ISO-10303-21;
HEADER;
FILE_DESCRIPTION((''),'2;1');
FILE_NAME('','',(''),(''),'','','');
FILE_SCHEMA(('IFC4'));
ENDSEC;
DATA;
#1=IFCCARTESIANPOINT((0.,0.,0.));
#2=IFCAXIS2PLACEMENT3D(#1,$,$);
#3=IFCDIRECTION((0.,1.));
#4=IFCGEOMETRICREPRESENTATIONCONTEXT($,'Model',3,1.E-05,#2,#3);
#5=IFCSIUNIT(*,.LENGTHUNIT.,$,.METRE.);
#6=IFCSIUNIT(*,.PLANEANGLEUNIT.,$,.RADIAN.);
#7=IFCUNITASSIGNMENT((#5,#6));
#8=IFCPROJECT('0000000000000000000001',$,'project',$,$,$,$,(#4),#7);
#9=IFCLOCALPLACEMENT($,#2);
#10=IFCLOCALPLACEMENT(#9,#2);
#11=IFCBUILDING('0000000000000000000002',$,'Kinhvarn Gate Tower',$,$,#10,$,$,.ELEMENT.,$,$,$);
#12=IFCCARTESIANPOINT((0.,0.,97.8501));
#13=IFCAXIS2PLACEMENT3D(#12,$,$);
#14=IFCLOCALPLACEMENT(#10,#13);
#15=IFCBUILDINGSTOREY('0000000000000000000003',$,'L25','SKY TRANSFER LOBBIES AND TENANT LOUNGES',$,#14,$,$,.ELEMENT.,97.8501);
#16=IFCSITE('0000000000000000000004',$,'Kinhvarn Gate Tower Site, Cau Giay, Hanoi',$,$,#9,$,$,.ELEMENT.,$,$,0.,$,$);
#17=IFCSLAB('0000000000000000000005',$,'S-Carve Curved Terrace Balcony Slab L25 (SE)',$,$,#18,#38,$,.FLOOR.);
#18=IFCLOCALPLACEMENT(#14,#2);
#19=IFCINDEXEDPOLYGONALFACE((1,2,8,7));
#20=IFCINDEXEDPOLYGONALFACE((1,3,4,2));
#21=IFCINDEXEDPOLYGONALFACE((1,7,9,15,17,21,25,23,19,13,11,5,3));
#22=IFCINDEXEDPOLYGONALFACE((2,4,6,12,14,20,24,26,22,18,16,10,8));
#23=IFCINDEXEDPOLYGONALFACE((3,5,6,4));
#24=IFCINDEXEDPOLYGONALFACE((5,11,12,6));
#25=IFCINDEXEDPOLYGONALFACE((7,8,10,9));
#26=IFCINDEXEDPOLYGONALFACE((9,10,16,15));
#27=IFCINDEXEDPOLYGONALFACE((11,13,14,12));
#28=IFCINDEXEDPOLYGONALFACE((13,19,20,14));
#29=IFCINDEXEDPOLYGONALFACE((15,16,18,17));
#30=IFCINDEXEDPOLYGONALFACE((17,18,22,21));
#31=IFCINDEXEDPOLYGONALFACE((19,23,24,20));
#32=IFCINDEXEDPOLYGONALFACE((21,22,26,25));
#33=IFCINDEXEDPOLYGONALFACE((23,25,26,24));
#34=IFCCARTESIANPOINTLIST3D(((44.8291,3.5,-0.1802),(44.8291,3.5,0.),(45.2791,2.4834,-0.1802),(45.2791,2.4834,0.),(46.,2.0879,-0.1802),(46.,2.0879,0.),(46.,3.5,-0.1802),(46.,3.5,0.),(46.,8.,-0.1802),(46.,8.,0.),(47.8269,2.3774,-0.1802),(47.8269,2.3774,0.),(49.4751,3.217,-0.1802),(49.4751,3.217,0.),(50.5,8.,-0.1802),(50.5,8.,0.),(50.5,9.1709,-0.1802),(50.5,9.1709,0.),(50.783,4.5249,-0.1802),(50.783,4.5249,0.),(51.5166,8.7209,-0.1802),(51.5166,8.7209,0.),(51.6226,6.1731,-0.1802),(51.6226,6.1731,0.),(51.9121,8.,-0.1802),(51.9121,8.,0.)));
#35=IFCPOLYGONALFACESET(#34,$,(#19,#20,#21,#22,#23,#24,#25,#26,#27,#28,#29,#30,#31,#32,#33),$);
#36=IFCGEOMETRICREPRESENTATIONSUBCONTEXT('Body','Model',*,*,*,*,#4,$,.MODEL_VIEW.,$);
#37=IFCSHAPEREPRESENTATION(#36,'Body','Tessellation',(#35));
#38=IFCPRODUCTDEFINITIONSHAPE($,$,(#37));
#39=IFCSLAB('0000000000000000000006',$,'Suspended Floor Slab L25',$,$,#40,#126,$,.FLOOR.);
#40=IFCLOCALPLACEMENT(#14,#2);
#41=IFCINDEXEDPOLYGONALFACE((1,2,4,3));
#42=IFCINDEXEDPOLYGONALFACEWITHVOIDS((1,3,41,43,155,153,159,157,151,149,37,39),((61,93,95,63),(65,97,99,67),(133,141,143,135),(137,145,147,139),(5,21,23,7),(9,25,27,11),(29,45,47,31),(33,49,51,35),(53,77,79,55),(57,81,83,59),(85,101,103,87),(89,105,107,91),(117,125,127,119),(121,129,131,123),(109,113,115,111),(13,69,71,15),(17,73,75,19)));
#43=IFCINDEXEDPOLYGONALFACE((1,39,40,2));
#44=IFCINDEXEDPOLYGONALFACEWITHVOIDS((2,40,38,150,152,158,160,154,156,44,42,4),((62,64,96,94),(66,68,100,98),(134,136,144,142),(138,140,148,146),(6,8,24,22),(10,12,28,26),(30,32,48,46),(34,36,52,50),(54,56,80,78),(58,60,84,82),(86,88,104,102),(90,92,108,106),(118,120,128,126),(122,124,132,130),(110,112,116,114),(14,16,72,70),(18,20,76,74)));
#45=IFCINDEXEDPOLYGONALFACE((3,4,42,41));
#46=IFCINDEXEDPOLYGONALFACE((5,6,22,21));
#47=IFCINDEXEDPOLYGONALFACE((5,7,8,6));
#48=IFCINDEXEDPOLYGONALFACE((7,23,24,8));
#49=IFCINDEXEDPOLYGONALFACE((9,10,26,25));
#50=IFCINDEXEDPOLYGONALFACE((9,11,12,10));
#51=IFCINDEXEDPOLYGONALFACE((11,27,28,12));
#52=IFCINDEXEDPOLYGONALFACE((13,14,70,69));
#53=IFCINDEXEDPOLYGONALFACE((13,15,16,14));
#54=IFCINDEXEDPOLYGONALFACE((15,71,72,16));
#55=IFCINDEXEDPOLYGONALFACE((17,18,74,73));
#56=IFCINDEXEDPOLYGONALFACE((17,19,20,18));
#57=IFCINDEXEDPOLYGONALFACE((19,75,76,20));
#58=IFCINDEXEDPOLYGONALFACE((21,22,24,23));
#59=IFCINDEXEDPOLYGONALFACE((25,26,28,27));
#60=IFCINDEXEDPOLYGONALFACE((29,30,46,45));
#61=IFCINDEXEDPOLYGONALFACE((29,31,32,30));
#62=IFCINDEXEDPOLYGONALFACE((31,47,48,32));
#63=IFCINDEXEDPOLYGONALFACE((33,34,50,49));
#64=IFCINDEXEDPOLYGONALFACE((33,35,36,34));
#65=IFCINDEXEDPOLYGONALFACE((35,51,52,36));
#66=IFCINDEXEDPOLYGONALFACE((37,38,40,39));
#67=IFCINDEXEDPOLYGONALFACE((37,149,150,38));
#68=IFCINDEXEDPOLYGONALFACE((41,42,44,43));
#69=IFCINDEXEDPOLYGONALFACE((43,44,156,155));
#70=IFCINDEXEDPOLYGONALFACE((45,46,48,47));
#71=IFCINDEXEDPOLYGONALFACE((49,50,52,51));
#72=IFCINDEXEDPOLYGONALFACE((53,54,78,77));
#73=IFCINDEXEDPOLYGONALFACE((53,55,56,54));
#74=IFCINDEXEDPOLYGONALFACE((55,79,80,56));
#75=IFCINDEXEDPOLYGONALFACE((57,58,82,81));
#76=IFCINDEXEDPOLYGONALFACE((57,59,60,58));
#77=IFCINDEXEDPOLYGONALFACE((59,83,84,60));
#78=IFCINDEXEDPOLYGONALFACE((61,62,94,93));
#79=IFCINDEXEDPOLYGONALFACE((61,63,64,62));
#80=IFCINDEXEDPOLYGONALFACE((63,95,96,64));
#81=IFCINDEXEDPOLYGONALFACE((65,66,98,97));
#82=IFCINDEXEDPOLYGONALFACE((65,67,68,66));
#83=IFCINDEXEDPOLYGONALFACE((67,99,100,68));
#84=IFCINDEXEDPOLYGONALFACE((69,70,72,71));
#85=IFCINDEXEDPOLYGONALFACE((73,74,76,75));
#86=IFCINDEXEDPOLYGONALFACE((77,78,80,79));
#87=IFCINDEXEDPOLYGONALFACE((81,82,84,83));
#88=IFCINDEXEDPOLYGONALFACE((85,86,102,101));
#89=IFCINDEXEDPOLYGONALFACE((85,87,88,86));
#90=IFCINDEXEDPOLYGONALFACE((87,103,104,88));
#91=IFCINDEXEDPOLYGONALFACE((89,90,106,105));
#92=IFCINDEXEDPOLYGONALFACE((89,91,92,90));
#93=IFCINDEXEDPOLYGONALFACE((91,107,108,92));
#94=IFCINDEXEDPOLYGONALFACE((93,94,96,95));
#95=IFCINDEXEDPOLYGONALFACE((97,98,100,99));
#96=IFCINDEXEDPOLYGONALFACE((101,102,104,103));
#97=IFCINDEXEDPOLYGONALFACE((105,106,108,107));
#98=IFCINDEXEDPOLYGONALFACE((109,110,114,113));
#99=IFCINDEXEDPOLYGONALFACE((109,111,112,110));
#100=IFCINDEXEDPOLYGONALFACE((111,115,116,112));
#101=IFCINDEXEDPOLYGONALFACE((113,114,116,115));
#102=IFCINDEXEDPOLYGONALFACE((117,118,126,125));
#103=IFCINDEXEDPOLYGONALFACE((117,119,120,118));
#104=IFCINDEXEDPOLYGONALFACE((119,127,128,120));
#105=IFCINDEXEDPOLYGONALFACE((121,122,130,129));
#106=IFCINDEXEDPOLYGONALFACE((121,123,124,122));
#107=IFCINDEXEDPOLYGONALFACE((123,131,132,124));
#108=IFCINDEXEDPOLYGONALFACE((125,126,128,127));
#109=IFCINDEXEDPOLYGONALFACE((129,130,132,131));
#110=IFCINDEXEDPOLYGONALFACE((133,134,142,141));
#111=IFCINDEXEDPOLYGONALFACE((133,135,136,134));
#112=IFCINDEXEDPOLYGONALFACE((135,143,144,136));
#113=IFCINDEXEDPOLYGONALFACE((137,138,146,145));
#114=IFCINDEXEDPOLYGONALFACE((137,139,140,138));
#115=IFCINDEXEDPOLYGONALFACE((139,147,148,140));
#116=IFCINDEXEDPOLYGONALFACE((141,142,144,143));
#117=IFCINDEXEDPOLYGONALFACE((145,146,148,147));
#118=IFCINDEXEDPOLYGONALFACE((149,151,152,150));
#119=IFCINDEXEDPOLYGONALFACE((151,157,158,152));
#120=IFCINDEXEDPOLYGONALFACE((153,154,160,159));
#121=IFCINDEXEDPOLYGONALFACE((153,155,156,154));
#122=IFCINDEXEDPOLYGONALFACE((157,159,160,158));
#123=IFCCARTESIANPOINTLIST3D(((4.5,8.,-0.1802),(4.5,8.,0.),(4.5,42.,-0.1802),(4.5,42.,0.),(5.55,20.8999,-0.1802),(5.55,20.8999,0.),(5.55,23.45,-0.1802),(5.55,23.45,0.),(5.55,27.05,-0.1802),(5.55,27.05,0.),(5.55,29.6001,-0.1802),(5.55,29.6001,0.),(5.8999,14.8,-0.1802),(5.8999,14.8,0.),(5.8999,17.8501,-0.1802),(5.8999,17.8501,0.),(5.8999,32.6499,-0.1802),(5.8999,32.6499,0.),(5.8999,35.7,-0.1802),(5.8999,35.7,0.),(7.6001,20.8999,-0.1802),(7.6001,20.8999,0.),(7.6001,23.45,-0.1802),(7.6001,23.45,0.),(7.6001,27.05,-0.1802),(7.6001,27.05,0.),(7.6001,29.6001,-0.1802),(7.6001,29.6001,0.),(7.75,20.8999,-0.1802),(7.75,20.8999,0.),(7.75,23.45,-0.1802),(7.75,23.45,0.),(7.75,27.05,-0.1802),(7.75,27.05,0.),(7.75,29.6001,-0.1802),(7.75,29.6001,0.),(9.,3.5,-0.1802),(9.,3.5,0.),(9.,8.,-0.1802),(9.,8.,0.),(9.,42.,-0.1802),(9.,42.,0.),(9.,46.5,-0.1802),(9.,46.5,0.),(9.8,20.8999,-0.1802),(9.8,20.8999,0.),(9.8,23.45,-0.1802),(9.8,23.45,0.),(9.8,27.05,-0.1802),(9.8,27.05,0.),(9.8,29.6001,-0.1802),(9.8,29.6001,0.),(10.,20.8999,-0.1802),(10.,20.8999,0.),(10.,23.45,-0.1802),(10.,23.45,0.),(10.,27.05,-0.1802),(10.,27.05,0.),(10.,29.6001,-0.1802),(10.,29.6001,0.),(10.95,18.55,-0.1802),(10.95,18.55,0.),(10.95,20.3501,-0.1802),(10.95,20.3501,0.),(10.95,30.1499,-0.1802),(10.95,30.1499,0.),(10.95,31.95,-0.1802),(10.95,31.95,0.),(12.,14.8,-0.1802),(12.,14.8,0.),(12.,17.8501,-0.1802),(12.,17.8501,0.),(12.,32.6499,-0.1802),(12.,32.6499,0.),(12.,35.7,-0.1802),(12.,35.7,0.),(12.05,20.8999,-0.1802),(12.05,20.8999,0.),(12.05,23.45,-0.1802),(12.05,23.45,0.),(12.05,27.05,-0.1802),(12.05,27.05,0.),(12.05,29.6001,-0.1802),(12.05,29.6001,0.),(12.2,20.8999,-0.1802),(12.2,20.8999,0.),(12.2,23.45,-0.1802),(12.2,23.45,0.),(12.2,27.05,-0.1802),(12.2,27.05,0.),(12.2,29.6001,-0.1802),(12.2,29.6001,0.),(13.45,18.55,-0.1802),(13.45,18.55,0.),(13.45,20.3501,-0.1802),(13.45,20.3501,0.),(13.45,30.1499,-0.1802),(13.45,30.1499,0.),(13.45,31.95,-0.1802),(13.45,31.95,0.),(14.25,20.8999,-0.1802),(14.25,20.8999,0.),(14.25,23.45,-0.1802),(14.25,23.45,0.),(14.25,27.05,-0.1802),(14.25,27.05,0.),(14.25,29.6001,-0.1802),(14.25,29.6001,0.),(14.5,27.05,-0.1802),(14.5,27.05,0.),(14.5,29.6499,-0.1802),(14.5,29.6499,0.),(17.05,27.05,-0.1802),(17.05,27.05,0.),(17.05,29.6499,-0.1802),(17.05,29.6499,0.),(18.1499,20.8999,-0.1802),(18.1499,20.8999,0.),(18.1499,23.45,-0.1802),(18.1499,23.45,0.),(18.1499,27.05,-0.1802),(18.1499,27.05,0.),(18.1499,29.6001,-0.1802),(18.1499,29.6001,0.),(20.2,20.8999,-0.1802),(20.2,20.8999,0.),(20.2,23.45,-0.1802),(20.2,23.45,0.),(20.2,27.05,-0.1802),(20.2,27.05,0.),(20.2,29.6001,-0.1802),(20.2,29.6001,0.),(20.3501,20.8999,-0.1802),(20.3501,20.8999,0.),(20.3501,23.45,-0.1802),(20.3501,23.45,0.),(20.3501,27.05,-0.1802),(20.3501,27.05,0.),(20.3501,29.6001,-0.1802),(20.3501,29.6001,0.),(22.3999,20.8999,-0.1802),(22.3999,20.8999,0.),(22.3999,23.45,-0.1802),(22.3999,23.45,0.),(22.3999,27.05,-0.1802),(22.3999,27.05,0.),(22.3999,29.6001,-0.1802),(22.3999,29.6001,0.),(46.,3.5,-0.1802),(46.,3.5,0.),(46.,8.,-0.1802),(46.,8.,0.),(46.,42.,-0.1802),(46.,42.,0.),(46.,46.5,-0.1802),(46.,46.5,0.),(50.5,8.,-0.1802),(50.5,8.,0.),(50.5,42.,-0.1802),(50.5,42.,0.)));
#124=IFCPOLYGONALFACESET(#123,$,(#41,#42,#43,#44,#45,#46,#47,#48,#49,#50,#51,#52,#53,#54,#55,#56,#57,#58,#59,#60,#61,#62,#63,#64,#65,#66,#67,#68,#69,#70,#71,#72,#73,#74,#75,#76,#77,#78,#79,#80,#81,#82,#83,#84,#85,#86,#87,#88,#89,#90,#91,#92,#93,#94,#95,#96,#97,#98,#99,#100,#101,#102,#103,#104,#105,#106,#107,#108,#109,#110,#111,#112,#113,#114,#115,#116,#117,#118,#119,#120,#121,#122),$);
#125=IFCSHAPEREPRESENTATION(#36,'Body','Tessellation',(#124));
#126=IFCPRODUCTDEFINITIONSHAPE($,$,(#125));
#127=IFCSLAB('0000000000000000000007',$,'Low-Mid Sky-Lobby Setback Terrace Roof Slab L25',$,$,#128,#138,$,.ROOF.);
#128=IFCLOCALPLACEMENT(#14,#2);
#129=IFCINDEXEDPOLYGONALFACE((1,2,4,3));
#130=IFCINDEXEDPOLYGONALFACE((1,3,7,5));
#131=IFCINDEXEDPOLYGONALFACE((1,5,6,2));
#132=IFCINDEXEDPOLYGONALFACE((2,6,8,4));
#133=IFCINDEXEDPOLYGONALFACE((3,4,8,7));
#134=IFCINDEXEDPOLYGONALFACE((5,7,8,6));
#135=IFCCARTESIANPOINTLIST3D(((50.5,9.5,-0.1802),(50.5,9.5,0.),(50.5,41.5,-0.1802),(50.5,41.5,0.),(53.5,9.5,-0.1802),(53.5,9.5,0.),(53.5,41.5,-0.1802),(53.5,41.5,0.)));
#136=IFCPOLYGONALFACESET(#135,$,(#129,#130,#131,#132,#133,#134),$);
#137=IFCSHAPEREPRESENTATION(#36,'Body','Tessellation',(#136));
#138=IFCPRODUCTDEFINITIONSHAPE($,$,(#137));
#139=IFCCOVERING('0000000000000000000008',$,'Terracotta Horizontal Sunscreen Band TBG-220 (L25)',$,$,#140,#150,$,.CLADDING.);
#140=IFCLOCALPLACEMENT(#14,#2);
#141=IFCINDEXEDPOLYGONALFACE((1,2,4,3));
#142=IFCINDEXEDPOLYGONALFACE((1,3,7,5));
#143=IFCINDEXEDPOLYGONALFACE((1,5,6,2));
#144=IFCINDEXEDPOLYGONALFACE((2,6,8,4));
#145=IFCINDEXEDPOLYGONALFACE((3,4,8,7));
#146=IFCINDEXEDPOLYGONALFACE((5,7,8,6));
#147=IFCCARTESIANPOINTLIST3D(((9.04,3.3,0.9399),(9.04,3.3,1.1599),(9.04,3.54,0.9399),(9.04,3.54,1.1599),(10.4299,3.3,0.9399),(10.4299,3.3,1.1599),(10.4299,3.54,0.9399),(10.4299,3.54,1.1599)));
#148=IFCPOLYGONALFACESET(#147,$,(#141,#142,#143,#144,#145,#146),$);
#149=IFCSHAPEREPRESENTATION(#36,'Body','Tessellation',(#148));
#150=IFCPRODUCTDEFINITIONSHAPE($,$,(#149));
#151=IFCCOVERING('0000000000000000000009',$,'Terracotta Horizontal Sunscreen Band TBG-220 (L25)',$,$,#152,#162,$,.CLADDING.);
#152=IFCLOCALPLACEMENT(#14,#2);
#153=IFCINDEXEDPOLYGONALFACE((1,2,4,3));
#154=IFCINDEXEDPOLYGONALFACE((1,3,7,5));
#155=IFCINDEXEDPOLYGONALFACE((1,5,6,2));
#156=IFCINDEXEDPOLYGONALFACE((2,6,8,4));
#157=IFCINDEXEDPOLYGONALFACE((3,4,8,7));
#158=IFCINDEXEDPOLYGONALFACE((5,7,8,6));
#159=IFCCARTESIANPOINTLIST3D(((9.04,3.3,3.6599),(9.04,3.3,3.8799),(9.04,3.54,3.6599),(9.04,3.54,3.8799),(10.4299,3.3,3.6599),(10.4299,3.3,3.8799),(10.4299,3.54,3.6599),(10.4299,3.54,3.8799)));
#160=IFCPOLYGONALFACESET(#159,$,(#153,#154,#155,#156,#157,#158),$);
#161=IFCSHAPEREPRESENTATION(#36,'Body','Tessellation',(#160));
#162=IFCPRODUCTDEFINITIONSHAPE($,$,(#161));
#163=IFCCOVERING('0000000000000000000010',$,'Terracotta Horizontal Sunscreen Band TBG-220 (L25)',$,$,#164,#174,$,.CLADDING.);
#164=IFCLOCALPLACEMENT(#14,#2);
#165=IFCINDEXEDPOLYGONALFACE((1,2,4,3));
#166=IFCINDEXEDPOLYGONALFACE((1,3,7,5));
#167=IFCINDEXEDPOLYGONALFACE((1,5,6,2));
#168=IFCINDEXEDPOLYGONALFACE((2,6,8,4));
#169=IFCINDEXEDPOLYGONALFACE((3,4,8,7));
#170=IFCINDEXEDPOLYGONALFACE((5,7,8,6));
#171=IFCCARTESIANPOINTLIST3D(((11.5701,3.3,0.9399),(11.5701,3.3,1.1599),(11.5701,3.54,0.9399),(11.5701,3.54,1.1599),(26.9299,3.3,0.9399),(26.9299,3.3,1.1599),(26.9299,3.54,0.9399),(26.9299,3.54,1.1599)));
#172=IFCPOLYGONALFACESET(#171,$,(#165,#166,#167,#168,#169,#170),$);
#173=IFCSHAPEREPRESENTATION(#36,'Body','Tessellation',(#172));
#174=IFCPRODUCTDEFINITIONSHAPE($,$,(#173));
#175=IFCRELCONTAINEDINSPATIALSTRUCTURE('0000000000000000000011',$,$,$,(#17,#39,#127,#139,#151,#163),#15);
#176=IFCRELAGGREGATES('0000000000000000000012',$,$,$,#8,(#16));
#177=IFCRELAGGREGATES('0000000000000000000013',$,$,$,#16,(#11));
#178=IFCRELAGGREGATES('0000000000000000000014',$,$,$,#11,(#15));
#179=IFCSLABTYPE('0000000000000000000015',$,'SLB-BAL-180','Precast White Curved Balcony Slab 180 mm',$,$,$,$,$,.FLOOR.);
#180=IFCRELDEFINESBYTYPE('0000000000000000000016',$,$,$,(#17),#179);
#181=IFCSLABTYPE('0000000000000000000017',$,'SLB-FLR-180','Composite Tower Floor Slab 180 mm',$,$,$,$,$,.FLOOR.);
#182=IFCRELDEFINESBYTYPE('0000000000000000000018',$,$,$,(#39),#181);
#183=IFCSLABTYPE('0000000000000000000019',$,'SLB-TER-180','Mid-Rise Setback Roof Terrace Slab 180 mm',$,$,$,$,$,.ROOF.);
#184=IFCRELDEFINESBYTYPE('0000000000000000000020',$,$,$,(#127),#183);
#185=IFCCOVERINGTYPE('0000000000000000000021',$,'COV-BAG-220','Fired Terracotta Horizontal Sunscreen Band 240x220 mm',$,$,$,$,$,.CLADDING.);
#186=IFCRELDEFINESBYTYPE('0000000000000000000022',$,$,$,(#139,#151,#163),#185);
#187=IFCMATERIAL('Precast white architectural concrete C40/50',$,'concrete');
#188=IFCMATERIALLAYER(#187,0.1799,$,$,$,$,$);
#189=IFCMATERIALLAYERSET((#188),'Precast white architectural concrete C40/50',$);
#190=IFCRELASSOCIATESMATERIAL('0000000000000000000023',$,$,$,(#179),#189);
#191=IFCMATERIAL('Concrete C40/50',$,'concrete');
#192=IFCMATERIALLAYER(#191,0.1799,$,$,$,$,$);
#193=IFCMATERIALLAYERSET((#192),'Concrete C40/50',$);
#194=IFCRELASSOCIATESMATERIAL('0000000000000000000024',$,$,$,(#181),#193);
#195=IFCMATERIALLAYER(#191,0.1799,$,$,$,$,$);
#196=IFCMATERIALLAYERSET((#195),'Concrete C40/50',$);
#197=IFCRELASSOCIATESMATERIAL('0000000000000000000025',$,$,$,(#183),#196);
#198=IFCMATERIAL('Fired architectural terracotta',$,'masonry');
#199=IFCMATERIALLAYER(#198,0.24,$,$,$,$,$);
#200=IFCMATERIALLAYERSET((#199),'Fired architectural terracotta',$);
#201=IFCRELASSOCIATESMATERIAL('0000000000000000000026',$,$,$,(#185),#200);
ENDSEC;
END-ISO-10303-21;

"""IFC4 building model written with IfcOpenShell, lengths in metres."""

from ifc_helpers import new_model, si_unit, direction, frame, origin, place, context, subcontext, project, spatial, polyline, outline, extrude, material, layer, layer_set, type_object, element, save


model = new_model("IFC4")

# Units and contexts
model_context = context("Model", 3, precision=1e-05, world=origin(), true_north=direction((0.0, 1.0)))
body_context = subcontext(model_context, "Body", "Model", "MODEL_VIEW")
ifc_project = project(units=[si_unit("LENGTHUNIT", "METRE"), si_unit("PLANEANGLEUNIT", "RADIAN")], contexts=[model_context])

# Site, building, storey
site_placement = place(None, origin())
site = spatial("IfcSite", under=ifc_project, at=site_placement, Name="Kinhvarn Gate Tower Site, Cau Giay, Hanoi", CompositionType="ELEMENT", RefElevation=0.0)
building_placement = place(site_placement, origin())
building = spatial("IfcBuilding", under=site, at=building_placement, Name="Kinhvarn Gate Tower", CompositionType="ELEMENT")
storey_placement = place(building_placement, frame((0.0, 0.0, 97.8501)))
storey = spatial("IfcBuildingStorey", under=building, at=storey_placement, Name="L25", Description="SKY TRANSFER LOBBIES AND TENANT LOUNGES", CompositionType="ELEMENT", Elevation=97.8501)

# Slabs
ifc_material_1 = material(Name="Precast white architectural concrete C40/50", Category="concrete")
ifc_layer_1 = layer(ifc_material_1, 0.1799)
ifc_layer_set_1 = layer_set([ifc_layer_1], Name="Precast white architectural concrete C40/50")
slab_type_1 = type_object("IfcSlabType", Name="SLB-BAL-180", Description="Precast White Curved Balcony Slab 180 mm", PredefinedType="FLOOR", material=ifc_layer_set_1)
slab_1_placement = place(storey_placement, frame((0.0, 0.0, -0.1802)))
element("IfcSlab", 1, at=slab_1_placement, inside=storey, type_object=slab_type_1, Name="S-Carve Curved Terrace Balcony Slab L25 (SE)", PredefinedType="FLOOR", context=body_context, shape_type="SweptSolid", body=[
    extrude(outline(polyline([(44.8291, 3.5), (45.2791, 2.4834), (46.0, 2.0879), (47.8269, 2.3774), (49.4751, 3.217), (50.783, 4.5249), (51.6226, 6.1731), (51.9121, 8.0), (51.5166, 8.7209), (50.5, 9.1709), (50.5, 8.0), (46.0, 8.0), (46.0, 3.5), (44.8291, 3.5)])), origin(), (0.0, 0.0, 1.0), 0.1802),
])
ifc_material_2 = material(Name="Concrete C40/50", Category="concrete")
ifc_layer_2 = layer(ifc_material_2, 0.1799)
ifc_layer_set_2 = layer_set([ifc_layer_2], Name="Concrete C40/50")
slab_type_2 = type_object("IfcSlabType", Name="SLB-FLR-180", Description="Composite Tower Floor Slab 180 mm", PredefinedType="FLOOR", material=ifc_layer_set_2)
slab_2_placement = place(storey_placement, frame((0.0, 0.0, -0.1802)))
element("IfcSlab", 2, at=slab_2_placement, inside=storey, type_object=slab_type_2, Name="Suspended Floor Slab L25", PredefinedType="FLOOR", context=body_context, shape_type="SweptSolid", body=[
    extrude(outline(polyline([(9.0, 3.5), (46.0, 3.5), (46.0, 8.0), (50.5, 8.0), (50.5, 42.0), (46.0, 42.0), (46.0, 46.5), (9.0, 46.5), (9.0, 42.0), (4.5, 42.0), (4.5, 8.0), (9.0, 8.0), (9.0, 3.5)]), holes=[polyline([(5.8999, 14.8), (12.0, 14.8), (12.0, 17.8501), (5.8999, 17.8501), (5.8999, 14.8)]), polyline([(5.8999, 32.6499), (12.0, 32.6499), (12.0, 35.7), (5.8999, 35.7), (5.8999, 32.6499)]), polyline([(18.1499, 20.8999), (20.2, 20.8999), (20.2, 23.45), (18.1499, 23.45), (18.1499, 20.8999)]), polyline([(20.3501, 20.8999), (22.3999, 20.8999), (22.3999, 23.45), (20.3501, 23.45), (20.3501, 20.8999)]), polyline([(18.1499, 27.05), (20.2, 27.05), (20.2, 29.6001), (18.1499, 29.6001), (18.1499, 27.05)]), polyline([(20.3501, 27.05), (22.3999, 27.05), (22.3999, 29.6001), (20.3501, 29.6001), (20.3501, 27.05)]), polyline([(5.55, 20.8999), (7.6001, 20.8999), (7.6001, 23.45), (5.55, 23.45), (5.55, 20.8999)]), polyline([(7.75, 20.8999), (9.8, 20.8999), (9.8, 23.45), (7.75, 23.45), (7.75, 20.8999)]), polyline([(5.55, 27.05), (7.6001, 27.05), (7.6001, 29.6001), (5.55, 29.6001), (5.55, 27.05)]), polyline([(7.75, 27.05), (9.8, 27.05), (9.8, 29.6001), (7.75, 29.6001), (7.75, 27.05)]), polyline([(10.0, 20.8999), (12.05, 20.8999), (12.05, 23.45), (10.0, 23.45), (10.0, 20.8999)]), polyline([(12.2, 20.8999), (14.25, 20.8999), (14.25, 23.45), (12.2, 23.45), (12.2, 20.8999)]), polyline([(10.0, 27.05), (12.05, 27.05), (12.05, 29.6001), (10.0, 29.6001), (10.0, 27.05)]), polyline([(12.2, 27.05), (14.25, 27.05), (14.25, 29.6001), (12.2, 29.6001), (12.2, 27.05)]), polyline([(14.5, 27.05), (17.05, 27.05), (17.05, 29.6499), (14.5, 29.6499), (14.5, 27.05)]), polyline([(10.95, 18.55), (13.45, 18.55), (13.45, 20.3501), (10.95, 20.3501), (10.95, 18.55)]), polyline([(10.95, 30.1499), (13.45, 30.1499), (13.45, 31.95), (10.95, 31.95), (10.95, 30.1499)])]), origin(), (0.0, 0.0, 1.0), 0.1802),
])
ifc_layer_3 = layer(ifc_material_2, 0.1799)
ifc_layer_set_3 = layer_set([ifc_layer_3], Name="Concrete C40/50")
slab_type_3 = type_object("IfcSlabType", Name="SLB-TER-180", Description="Mid-Rise Setback Roof Terrace Slab 180 mm", PredefinedType="ROOF", material=ifc_layer_set_3)
slab_3_placement = place(storey_placement, frame((0.0, 0.0, -0.1802)))
element("IfcSlab", 3, at=slab_3_placement, inside=storey, type_object=slab_type_3, Name="Low-Mid Sky-Lobby Setback Terrace Roof Slab L25", PredefinedType="ROOF", context=body_context, shape_type="SweptSolid", body=[
    extrude(outline(polyline([(50.5, 9.5), (53.5, 9.5), (53.5, 41.5), (50.5, 41.5), (50.5, 9.5)])), origin(), (0.0, 0.0, 1.0), 0.1802),
])

# Coverings
ifc_material_3 = material(Name="Fired architectural terracotta", Category="masonry")
ifc_layer_4 = layer(ifc_material_3, 0.24)
ifc_layer_set_4 = layer_set([ifc_layer_4], Name="Fired architectural terracotta")
covering_type_1 = type_object("IfcCoveringType", Name="COV-BAG-220", Description="Fired Terracotta Horizontal Sunscreen Band 240x220 mm", PredefinedType="CLADDING", material=ifc_layer_set_4)
for number, where, name in (
    (4, (0.0, 0.0, 0.9399), "Terracotta Horizontal Sunscreen Band TBG-220 (L25)"),
    (5, (0.0, 0.0, 3.6599), "Terracotta Horizontal Sunscreen Band TBG-220 (L25)"),
):
    element("IfcCovering", number, at=place(storey_placement, frame(where)), inside=storey, type_object=covering_type_1, Name=name, PredefinedType="CLADDING", context=body_context, shape_type="SweptSolid", body=[
        extrude(outline(polyline([(9.04, 3.54), (10.4299, 3.54), (10.4299, 3.3), (9.04, 3.3), (9.04, 3.54)])), origin(), (0.0, 0.0, 1.0), 0.22),
    ])
for number, where, name in (
    (6, (0.0, 0.0, 0.9399), "Terracotta Horizontal Sunscreen Band TBG-220 (L25)"),
):
    element("IfcCovering", number, at=place(storey_placement, frame(where)), inside=storey, type_object=covering_type_1, Name=name, PredefinedType="CLADDING", context=body_context, shape_type="SweptSolid", body=[
        extrude(outline(polyline([(11.5701, 3.54), (26.9299, 3.54), (26.9299, 3.3), (11.5701, 3.3), (11.5701, 3.54)])), origin(), (0.0, 0.0, 1.0), 0.22),
    ])

save(model, "model.ifc")
